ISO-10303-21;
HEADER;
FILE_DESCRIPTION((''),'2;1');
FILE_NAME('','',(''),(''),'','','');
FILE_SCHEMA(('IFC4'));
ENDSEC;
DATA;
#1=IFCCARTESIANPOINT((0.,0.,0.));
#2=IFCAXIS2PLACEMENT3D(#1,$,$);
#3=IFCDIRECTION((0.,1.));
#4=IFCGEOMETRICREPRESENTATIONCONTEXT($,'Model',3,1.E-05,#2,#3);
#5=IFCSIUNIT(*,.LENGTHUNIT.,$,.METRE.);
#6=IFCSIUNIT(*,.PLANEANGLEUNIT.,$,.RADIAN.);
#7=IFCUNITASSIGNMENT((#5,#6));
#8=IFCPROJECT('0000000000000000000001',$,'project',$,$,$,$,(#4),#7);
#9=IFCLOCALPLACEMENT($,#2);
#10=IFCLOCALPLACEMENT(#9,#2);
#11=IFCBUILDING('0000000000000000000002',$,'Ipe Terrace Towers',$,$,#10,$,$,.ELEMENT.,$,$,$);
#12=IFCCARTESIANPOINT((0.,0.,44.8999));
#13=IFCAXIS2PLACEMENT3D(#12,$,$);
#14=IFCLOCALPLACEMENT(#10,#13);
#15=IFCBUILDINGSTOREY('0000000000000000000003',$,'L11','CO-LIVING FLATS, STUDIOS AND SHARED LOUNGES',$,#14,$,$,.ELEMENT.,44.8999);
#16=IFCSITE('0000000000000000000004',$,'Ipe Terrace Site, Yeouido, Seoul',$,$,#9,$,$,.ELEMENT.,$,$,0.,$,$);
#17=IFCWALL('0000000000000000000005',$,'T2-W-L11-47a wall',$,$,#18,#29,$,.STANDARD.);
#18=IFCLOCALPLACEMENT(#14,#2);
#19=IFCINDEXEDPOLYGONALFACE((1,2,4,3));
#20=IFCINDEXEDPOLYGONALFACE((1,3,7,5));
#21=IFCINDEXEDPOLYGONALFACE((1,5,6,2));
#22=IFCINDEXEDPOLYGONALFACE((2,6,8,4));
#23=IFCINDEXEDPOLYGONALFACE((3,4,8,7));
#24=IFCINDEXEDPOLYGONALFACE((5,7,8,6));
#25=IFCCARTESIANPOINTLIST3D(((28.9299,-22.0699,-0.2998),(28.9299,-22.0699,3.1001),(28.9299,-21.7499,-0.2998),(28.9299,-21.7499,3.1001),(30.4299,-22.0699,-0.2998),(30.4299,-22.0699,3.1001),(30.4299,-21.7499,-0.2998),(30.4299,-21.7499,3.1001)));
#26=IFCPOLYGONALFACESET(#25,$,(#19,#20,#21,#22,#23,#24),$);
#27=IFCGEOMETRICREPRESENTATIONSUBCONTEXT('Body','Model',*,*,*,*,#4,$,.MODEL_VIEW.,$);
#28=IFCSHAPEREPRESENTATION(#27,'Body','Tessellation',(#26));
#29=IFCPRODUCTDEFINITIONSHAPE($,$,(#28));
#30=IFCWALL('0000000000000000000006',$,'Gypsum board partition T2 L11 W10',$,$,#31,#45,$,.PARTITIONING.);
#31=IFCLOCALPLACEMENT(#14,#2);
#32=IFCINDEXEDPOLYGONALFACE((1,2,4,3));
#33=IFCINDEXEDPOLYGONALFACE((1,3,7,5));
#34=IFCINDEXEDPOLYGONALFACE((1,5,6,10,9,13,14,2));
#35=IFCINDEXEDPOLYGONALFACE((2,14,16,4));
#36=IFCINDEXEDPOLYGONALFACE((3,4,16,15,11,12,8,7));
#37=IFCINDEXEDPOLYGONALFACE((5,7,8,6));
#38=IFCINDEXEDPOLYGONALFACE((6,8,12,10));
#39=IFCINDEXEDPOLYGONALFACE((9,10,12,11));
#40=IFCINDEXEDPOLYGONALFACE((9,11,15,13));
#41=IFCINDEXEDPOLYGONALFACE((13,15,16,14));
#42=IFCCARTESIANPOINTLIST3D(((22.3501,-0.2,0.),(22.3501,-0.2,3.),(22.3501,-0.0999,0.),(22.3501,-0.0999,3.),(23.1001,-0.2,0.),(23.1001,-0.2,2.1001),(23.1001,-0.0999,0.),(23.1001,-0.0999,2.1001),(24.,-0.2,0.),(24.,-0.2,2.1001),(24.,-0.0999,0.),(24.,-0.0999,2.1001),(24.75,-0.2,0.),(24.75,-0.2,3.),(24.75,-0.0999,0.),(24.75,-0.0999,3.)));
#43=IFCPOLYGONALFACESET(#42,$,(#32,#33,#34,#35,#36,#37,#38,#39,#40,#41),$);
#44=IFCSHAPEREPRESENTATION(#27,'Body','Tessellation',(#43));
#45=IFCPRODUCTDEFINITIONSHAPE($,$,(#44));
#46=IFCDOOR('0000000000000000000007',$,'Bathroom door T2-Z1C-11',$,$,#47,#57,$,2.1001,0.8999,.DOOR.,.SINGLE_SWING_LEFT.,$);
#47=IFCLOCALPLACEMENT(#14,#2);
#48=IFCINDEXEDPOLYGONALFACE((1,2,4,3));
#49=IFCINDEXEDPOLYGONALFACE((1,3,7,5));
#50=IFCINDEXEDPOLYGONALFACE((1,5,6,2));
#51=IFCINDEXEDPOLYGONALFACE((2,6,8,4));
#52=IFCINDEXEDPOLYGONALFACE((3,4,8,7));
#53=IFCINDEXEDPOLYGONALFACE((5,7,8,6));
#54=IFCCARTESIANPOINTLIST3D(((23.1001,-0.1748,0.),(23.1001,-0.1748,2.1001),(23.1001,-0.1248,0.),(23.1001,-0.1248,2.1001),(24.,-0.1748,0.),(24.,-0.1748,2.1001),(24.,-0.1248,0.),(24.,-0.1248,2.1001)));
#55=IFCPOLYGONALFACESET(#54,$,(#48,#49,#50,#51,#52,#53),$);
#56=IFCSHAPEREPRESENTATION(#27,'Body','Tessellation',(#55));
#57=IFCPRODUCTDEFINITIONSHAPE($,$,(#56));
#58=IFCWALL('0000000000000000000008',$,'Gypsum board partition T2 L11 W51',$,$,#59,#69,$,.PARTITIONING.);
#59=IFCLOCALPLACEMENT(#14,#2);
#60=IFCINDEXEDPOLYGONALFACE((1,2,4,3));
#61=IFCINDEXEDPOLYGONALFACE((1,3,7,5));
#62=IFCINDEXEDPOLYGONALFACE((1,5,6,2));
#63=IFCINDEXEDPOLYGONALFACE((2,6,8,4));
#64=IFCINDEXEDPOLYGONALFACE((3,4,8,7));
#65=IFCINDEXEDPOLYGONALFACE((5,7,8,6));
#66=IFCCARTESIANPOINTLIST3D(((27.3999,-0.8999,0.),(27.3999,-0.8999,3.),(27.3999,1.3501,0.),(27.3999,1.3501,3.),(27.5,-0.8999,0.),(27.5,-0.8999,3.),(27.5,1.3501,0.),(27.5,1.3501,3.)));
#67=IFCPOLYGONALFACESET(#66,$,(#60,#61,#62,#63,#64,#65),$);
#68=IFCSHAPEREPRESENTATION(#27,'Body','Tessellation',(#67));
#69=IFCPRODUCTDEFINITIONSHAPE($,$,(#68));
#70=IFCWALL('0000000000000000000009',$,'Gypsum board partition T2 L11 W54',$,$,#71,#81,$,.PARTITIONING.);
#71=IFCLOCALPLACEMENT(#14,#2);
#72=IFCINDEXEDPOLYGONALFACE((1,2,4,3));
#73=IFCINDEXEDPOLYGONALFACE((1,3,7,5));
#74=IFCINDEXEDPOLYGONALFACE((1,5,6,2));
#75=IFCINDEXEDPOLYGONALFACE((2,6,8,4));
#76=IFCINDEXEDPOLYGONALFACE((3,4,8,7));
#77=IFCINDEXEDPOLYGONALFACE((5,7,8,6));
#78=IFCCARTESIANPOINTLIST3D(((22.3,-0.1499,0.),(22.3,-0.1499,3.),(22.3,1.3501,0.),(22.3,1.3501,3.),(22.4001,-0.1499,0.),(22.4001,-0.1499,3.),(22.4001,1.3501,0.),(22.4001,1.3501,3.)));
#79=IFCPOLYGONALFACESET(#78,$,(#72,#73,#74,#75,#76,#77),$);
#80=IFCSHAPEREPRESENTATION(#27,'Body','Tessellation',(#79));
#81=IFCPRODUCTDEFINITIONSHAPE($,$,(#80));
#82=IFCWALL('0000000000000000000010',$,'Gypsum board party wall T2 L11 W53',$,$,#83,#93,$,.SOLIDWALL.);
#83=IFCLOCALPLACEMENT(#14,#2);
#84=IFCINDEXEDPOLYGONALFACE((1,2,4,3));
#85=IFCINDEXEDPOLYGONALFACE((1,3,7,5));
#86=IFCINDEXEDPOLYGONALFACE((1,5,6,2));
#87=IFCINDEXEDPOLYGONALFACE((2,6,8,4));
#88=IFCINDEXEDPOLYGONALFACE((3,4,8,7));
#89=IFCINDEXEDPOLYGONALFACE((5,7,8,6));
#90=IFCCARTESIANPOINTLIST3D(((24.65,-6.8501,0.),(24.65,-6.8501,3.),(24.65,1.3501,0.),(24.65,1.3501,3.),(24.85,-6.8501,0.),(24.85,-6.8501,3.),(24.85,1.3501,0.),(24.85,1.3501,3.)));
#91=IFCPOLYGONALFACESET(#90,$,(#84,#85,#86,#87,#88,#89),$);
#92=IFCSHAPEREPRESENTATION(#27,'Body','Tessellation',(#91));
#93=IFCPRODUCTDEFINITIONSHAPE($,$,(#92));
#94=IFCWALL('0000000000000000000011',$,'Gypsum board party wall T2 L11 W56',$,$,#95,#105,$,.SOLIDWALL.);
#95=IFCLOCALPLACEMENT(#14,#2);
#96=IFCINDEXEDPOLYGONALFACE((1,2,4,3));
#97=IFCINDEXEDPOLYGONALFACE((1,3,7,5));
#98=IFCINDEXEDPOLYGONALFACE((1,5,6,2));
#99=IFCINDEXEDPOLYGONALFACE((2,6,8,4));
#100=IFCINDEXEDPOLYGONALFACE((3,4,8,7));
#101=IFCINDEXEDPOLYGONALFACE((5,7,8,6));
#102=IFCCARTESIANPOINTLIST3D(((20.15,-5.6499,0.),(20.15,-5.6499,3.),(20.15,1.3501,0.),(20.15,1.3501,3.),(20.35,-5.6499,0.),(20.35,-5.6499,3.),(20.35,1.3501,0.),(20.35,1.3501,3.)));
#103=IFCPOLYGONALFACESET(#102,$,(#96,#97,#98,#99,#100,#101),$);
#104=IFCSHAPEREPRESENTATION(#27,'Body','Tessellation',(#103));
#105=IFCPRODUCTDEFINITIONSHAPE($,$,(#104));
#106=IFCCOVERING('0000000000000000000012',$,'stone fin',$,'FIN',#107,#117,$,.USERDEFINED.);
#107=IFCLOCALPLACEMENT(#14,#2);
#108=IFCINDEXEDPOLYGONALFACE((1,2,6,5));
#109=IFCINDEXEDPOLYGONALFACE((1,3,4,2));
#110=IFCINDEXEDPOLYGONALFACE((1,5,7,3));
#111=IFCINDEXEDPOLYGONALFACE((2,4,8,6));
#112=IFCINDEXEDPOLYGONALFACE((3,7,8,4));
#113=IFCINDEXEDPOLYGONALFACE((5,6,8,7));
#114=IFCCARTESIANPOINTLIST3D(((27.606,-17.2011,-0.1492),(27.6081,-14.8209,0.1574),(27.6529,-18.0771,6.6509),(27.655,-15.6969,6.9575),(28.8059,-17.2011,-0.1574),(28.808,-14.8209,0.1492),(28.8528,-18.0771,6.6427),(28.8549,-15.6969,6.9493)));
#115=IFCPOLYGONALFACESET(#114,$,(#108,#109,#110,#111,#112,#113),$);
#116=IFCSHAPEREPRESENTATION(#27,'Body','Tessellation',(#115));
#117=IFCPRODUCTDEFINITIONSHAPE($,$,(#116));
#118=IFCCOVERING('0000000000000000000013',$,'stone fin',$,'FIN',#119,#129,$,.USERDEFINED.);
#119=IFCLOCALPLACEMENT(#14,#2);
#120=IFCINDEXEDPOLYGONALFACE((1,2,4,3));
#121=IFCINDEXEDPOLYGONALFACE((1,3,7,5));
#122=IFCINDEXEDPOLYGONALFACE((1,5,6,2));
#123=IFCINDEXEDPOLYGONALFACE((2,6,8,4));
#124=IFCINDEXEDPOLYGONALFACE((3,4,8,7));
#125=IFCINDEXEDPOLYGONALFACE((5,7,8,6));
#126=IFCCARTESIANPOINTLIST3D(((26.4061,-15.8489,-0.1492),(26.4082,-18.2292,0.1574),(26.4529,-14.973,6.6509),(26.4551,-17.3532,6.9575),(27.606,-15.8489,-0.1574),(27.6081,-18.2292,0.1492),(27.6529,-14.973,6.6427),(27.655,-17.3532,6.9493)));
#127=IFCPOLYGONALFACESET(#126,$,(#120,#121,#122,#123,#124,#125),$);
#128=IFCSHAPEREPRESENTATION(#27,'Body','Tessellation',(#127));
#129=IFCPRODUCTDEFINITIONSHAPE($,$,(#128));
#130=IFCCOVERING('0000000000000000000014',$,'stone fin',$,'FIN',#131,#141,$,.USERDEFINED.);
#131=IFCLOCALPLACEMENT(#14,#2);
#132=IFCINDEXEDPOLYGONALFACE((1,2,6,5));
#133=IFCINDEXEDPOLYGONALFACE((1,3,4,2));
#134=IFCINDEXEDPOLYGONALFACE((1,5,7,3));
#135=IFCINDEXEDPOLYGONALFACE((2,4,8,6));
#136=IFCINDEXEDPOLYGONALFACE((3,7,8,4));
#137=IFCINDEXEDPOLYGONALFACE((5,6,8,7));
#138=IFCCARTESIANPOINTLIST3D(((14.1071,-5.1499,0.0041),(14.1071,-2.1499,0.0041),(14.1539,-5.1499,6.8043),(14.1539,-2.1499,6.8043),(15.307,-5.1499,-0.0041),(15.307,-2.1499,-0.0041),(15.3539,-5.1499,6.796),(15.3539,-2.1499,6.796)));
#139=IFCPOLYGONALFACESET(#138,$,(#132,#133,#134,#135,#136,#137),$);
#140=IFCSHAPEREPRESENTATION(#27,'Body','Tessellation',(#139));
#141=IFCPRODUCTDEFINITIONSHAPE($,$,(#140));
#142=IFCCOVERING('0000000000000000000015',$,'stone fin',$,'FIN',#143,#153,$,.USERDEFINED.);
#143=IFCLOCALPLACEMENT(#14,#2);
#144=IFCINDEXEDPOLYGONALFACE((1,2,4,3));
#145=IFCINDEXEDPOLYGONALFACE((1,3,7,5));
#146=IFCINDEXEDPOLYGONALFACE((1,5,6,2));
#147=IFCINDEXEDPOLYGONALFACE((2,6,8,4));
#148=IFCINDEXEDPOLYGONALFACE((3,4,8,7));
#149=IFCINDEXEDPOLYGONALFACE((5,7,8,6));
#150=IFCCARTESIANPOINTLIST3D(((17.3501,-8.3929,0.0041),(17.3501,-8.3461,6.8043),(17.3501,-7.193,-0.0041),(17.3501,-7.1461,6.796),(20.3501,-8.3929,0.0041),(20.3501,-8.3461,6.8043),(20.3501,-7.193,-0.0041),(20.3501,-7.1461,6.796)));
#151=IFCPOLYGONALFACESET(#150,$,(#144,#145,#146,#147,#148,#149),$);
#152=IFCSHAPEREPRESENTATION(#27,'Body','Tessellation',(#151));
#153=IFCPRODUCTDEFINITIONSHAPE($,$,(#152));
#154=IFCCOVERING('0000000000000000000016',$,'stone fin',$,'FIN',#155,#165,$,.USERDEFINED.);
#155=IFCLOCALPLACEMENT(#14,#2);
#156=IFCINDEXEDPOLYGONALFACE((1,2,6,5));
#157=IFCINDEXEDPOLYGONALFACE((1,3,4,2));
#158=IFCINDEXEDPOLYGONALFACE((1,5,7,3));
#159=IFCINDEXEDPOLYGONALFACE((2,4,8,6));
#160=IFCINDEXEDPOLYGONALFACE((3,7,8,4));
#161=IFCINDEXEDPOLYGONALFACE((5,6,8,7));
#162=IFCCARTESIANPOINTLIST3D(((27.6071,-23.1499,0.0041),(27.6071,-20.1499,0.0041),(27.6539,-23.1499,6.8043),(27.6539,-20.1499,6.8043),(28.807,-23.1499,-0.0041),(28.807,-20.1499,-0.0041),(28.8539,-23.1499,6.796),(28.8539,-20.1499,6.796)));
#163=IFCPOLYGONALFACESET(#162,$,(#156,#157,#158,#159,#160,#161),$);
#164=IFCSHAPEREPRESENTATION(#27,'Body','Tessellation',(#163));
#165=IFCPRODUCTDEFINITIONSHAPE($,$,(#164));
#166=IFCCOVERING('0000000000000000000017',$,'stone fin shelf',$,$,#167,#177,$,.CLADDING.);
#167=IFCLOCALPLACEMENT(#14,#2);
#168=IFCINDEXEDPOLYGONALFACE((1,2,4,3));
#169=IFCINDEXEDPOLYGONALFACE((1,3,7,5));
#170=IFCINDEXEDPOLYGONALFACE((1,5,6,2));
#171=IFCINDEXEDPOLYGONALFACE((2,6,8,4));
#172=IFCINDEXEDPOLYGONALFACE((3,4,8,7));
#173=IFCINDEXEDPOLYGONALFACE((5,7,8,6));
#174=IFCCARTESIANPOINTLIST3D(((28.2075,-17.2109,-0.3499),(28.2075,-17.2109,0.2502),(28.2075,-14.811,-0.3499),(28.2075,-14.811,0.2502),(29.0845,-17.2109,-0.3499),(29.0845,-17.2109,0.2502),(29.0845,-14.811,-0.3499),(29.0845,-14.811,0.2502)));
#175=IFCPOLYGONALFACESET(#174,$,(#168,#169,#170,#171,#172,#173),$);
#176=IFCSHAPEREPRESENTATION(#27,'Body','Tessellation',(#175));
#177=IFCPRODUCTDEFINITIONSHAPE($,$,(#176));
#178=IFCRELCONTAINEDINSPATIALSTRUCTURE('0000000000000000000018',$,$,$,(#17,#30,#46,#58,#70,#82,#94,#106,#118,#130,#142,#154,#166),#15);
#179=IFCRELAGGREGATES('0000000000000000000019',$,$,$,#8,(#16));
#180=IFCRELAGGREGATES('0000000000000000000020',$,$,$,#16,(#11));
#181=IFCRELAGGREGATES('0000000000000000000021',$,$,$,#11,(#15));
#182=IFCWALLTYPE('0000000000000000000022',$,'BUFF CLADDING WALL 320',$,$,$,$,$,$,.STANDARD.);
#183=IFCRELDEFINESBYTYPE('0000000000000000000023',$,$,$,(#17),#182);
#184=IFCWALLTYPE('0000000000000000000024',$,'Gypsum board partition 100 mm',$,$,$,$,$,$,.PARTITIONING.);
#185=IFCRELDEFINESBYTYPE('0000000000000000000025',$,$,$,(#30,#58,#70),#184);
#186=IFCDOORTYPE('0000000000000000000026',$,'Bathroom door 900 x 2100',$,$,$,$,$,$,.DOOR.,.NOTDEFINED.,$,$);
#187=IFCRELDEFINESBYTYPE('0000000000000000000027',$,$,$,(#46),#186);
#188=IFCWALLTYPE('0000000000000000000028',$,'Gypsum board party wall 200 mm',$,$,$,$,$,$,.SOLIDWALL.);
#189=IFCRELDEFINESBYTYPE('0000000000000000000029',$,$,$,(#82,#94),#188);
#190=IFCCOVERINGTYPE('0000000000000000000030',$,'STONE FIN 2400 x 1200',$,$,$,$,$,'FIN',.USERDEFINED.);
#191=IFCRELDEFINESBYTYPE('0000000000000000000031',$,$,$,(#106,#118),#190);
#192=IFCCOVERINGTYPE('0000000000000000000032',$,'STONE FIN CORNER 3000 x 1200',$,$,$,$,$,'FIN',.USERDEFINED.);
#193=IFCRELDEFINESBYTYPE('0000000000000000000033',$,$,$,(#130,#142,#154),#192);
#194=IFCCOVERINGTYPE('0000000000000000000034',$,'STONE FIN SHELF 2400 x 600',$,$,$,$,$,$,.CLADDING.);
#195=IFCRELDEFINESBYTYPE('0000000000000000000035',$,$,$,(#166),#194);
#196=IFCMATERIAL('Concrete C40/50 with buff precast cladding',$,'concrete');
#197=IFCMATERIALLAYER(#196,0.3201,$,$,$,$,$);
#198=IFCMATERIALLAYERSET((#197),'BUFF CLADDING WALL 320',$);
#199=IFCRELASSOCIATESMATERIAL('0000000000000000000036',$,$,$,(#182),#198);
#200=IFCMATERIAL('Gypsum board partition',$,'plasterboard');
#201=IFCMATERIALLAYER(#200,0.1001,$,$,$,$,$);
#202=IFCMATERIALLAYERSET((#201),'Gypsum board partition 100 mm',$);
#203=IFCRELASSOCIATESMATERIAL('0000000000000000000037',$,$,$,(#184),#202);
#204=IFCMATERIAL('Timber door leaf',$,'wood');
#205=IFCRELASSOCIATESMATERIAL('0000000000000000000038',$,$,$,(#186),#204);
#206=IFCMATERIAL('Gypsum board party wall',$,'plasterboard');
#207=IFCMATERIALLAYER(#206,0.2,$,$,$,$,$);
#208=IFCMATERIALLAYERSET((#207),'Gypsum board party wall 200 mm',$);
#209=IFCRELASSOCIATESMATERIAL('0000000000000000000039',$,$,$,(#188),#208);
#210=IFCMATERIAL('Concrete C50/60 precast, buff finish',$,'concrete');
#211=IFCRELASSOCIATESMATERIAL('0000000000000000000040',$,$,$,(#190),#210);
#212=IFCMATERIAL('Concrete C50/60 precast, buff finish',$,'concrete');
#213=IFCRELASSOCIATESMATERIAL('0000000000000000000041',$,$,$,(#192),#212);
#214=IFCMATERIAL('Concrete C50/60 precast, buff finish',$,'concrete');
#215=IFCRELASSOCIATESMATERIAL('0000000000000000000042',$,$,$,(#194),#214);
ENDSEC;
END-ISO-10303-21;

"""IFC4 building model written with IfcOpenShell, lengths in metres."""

from ifc_helpers import new_model, si_unit, direction, frame, frame_2d, origin, origin_2d, place, context, subcontext, project, spatial, rectangle, extrude, material, layer, layer_set, material_profile, profile_set, type_object, element, fill, save


model = new_model("IFC4")

# Units and contexts
model_context = context("Model", 3, precision=1e-05, world=origin(), true_north=direction((0.0, 1.0)))
body_context = subcontext(model_context, "Body", "Model", "MODEL_VIEW")
ifc_project = project(units=[si_unit("LENGTHUNIT", "METRE"), si_unit("PLANEANGLEUNIT", "RADIAN")], contexts=[model_context])

# Site, building, storey
site_placement = place(None, origin())
site = spatial("IfcSite", under=ifc_project, at=site_placement, Name="Ipe Terrace Site, Yeouido, Seoul", CompositionType="ELEMENT", RefElevation=0.0)
building_placement = place(site_placement, origin())
building = spatial("IfcBuilding", under=site, at=building_placement, Name="Ipe Terrace Towers", CompositionType="ELEMENT")
storey_placement = place(building_placement, frame((0.0, 0.0, 44.8999)))
storey = spatial("IfcBuildingStorey", under=building, at=storey_placement, Name="L11", Description="CO-LIVING FLATS, STUDIOS AND SHARED LOUNGES", CompositionType="ELEMENT", Elevation=44.8999)

# Wall
ifc_material_1 = material(Name="Concrete C40/50 with buff precast cladding", Category="concrete")
ifc_layer_1 = layer(ifc_material_1, 0.3201)
ifc_layer_set_1 = layer_set([ifc_layer_1], Name="BUFF CLADDING WALL 320")
wall_type_1 = type_object("IfcWallType", Name="BUFF CLADDING WALL 320", PredefinedType="STANDARD", material=ifc_layer_set_1)
wall_1_placement = place(storey_placement, frame((28.9299, -21.9099, -0.2998), z_axis=(0.0, 0.0, 1.0), x_axis=(1.0, 0.0, 0.0)))
element("IfcWall", 1, at=wall_1_placement, inside=storey, type_object=wall_type_1, Name="T2-W-L11-47a wall", PredefinedType="STANDARD", context=body_context, shape_type="SweptSolid", body=[
    extrude(rectangle(XDim=1.5, YDim=0.3201, at=frame_2d((0.75, 0.0))), origin(), (0.0, 0.0, 1.0), 3.3999),
])

# Wall, opening, door
ifc_material_2 = material(Name="Gypsum board partition", Category="plasterboard")
ifc_layer_2 = layer(ifc_material_2, 0.1001)
ifc_layer_set_2 = layer_set([ifc_layer_2], Name="Gypsum board partition 100 mm")
wall_type_2 = type_object("IfcWallType", Name="Gypsum board partition 100 mm", PredefinedType="PARTITIONING", material=ifc_layer_set_2)
wall_2_placement = place(storey_placement, frame((24.75, -0.1499, 0.0), z_axis=(0.0, 0.0, 1.0), x_axis=(-1.0, 0.0, 0.0)))
wall_2 = element("IfcWall", 2, at=wall_2_placement, inside=storey, type_object=wall_type_2, Name="Gypsum board partition T2 L11 W10", PredefinedType="PARTITIONING", context=body_context, shape_type="SweptSolid", body=[
    extrude(rectangle(XDim=2.3999, YDim=0.1001, at=frame_2d((1.2, 0.0))), origin(), (0.0, 0.0, 1.0), 3.0),
])
opening_placement = place(wall_2_placement, frame((0.75, 0.0, 0.0)))
opening = element("IfcOpeningElement", 3, at=opening_placement, cuts=wall_2, PredefinedType="OPENING", context=body_context, shape_type="SweptSolid", body=[
    extrude(rectangle(XDim=0.8999, YDim=2.1001, at=frame_2d((0.45, 1.05))), frame((0.0, 0.0601, 0.0), z_axis=(0.0, -1.0, 0.0), x_axis=(1.0, 0.0, 0.0)), (0.0, 0.0, 1.0), 0.1201),
])
ifc_material_3 = material(Name="Timber door leaf", Category="wood")
door_type = type_object("IfcDoorType", Name="Bathroom door 900 x 2100", OperationType="NOTDEFINED", PredefinedType="DOOR", material=ifc_material_3)
door_placement = place(opening_placement, origin())
door = element("IfcDoor", 4, at=door_placement, inside=storey, type_object=door_type, Name="Bathroom door T2-Z1C-11", OperationType="SINGLE_SWING_LEFT", OverallHeight=2.1001, OverallWidth=0.8999, PredefinedType="DOOR", context=body_context, shape_type="SweptSolid", body=[
    extrude(rectangle(XDim=0.8999, YDim=2.1001, at=frame_2d((0.45, 1.05))), frame((0.0, 0.0249, 0.0), z_axis=(0.0, -1.0, 0.0), x_axis=(1.0, 0.0, 0.0)), (0.0, 0.0, 1.0), 0.05),
])
fill(opening, door)

# Walls
wall_3_placement = place(storey_placement, frame((27.45, -0.8999, 0.0), z_axis=(0.0, 0.0, 1.0), x_axis=(0.0, 1.0, 0.0)))
element("IfcWall", 5, at=wall_3_placement, inside=storey, type_object=wall_type_2, Name="Gypsum board partition T2 L11 W51", PredefinedType="PARTITIONING", context=body_context, shape_type="SweptSolid", body=[
    extrude(rectangle(XDim=2.25, YDim=0.1001, at=frame_2d((1.125, 0.0))), origin(), (0.0, 0.0, 1.0), 3.0),
])
wall_4_placement = place(storey_placement, frame((22.3501, -0.1499, 0.0), z_axis=(0.0, 0.0, 1.0), x_axis=(0.0, 1.0, 0.0)))
element("IfcWall", 6, at=wall_4_placement, inside=storey, type_object=wall_type_2, Name="Gypsum board partition T2 L11 W54", PredefinedType="PARTITIONING", context=body_context, shape_type="SweptSolid", body=[
    extrude(rectangle(XDim=1.5, YDim=0.1001, at=frame_2d((0.75, 0.0))), origin(), (0.0, 0.0, 1.0), 3.0),
])
ifc_material_4 = material(Name="Gypsum board party wall", Category="plasterboard")
ifc_layer_3 = layer(ifc_material_4, 0.2)
ifc_layer_set_3 = layer_set([ifc_layer_3], Name="Gypsum board party wall 200 mm")
wall_type_3 = type_object("IfcWallType", Name="Gypsum board party wall 200 mm", PredefinedType="SOLIDWALL", material=ifc_layer_set_3)
wall_5_placement = place(storey_placement, frame((24.75, -6.8501, 0.0), z_axis=(0.0, 0.0, 1.0), x_axis=(0.0, 1.0, 0.0)))
element("IfcWall", 7, at=wall_5_placement, inside=storey, type_object=wall_type_3, Name="Gypsum board party wall T2 L11 W53", PredefinedType="SOLIDWALL", context=body_context, shape_type="SweptSolid", body=[
    extrude(rectangle(XDim=8.2002, YDim=0.2, at=frame_2d((4.1001, 0.0))), origin(), (0.0, 0.0, 1.0), 3.0),
])
wall_6_placement = place(storey_placement, frame((20.25, -5.6499, 0.0), z_axis=(0.0, 0.0, 1.0), x_axis=(0.0, 1.0, 0.0)))
element("IfcWall", 8, at=wall_6_placement, inside=storey, type_object=wall_type_3, Name="Gypsum board party wall T2 L11 W56", PredefinedType="SOLIDWALL", context=body_context, shape_type="SweptSolid", body=[
    extrude(rectangle(XDim=7.0, YDim=0.2, at=frame_2d((3.5, 0.0))), origin(), (0.0, 0.0, 1.0), 3.0),
])

# Coverings
ifc_material_5 = material(Name="Concrete C50/60 precast, buff finish", Category="concrete")
ifc_material_profile_1 = material_profile(ifc_material_5, rectangle(XDim=2.3999, YDim=1.2, at=origin_2d()), Name="STONE FIN 2400 x 1200")
ifc_profile_set_1 = profile_set([ifc_material_profile_1], Name="Concrete C50/60 precast, buff finish")
covering_type_1 = type_object("IfcCoveringType", Name="STONE FIN 2400 x 1200", ElementType="FIN", PredefinedType="USERDEFINED", material=ifc_profile_set_1)
for number, where, z_axis, x_axis, name in (
    (9, (28.207, -16.011, 0.0), (0.006837, -0.12776, 0.991781), (-0.000881, -0.991805, -0.127757), "stone fin"),
    (10, (27.0071, -17.0391, 0.0), (0.006837, 0.12776, 0.991781), (0.000881, -0.991805, 0.127757), "stone fin"),
):
    element("IfcCovering", number, at=place(storey_placement, frame(where, z_axis=z_axis, x_axis=x_axis)), inside=storey, type_object=covering_type_1, Name=name, ObjectType="FIN", PredefinedType="USERDEFINED", context=body_context, shape_type="SweptSolid", body=[
        extrude(rectangle(XDim=2.3999, YDim=1.2, at=origin_2d()), origin(), (0.0, 0.0, 1.0), 6.8564),
    ])
ifc_material_6 = material(Name="Concrete C50/60 precast, buff finish", Category="concrete")
ifc_material_profile_2 = material_profile(ifc_material_6, rectangle(XDim=3.0, YDim=1.2, at=origin_2d()), Name="STONE FIN CORNER 3000 x 1200")
ifc_profile_set_2 = profile_set([ifc_material_profile_2], Name="Concrete C50/60 precast, buff finish")
covering_type_2 = type_object("IfcCoveringType", Name="STONE FIN CORNER 3000 x 1200", ElementType="FIN", PredefinedType="USERDEFINED", material=ifc_profile_set_2)
for number, where, z_axis, x_axis, name in (
    (11, (14.707, -3.6499, 0.0), (0.006893, 0.0, 0.999976), (0.0, -1.0, 0.0), "stone fin"),
    (12, (18.8501, -7.793, 0.0), (0.0, 0.006893, 0.999976), (1.0, 0.0, 0.0), "stone fin"),
    (13, (28.207, -21.6499, 0.0), (0.006893, 0.0, 0.999976), (0.0, -1.0, 0.0), "stone fin"),
):
    element("IfcCovering", number, at=place(storey_placement, frame(where, z_axis=z_axis, x_axis=x_axis)), inside=storey, type_object=covering_type_2, Name=name, ObjectType="FIN", PredefinedType="USERDEFINED", context=body_context, shape_type="SweptSolid", body=[
        extrude(rectangle(XDim=3.0, YDim=1.2, at=origin_2d()), origin(), (0.0, 0.0, 1.0), 6.8003),
    ])
ifc_material_7 = material(Name="Concrete C50/60 precast, buff finish", Category="concrete")
covering_type_3 = type_object("IfcCoveringType", Name="STONE FIN SHELF 2400 x 600", PredefinedType="CLADDING", material=ifc_material_7)
covering_placement = place(storey_placement, frame((28.646, -16.011, -0.3499), z_axis=(0.0, 0.0, 1.0), x_axis=(0.0, -1.0, 0.0)))
element("IfcCovering", 14, at=covering_placement, inside=storey, type_object=covering_type_3, Name="stone fin shelf", PredefinedType="CLADDING", context=body_context, shape_type="SweptSolid", body=[
    extrude(rectangle(XDim=2.3999, YDim=0.877, at=origin_2d()), origin(), (0.0, 0.0, 1.0), 0.6001),
])

save(model, "model.ifc")
